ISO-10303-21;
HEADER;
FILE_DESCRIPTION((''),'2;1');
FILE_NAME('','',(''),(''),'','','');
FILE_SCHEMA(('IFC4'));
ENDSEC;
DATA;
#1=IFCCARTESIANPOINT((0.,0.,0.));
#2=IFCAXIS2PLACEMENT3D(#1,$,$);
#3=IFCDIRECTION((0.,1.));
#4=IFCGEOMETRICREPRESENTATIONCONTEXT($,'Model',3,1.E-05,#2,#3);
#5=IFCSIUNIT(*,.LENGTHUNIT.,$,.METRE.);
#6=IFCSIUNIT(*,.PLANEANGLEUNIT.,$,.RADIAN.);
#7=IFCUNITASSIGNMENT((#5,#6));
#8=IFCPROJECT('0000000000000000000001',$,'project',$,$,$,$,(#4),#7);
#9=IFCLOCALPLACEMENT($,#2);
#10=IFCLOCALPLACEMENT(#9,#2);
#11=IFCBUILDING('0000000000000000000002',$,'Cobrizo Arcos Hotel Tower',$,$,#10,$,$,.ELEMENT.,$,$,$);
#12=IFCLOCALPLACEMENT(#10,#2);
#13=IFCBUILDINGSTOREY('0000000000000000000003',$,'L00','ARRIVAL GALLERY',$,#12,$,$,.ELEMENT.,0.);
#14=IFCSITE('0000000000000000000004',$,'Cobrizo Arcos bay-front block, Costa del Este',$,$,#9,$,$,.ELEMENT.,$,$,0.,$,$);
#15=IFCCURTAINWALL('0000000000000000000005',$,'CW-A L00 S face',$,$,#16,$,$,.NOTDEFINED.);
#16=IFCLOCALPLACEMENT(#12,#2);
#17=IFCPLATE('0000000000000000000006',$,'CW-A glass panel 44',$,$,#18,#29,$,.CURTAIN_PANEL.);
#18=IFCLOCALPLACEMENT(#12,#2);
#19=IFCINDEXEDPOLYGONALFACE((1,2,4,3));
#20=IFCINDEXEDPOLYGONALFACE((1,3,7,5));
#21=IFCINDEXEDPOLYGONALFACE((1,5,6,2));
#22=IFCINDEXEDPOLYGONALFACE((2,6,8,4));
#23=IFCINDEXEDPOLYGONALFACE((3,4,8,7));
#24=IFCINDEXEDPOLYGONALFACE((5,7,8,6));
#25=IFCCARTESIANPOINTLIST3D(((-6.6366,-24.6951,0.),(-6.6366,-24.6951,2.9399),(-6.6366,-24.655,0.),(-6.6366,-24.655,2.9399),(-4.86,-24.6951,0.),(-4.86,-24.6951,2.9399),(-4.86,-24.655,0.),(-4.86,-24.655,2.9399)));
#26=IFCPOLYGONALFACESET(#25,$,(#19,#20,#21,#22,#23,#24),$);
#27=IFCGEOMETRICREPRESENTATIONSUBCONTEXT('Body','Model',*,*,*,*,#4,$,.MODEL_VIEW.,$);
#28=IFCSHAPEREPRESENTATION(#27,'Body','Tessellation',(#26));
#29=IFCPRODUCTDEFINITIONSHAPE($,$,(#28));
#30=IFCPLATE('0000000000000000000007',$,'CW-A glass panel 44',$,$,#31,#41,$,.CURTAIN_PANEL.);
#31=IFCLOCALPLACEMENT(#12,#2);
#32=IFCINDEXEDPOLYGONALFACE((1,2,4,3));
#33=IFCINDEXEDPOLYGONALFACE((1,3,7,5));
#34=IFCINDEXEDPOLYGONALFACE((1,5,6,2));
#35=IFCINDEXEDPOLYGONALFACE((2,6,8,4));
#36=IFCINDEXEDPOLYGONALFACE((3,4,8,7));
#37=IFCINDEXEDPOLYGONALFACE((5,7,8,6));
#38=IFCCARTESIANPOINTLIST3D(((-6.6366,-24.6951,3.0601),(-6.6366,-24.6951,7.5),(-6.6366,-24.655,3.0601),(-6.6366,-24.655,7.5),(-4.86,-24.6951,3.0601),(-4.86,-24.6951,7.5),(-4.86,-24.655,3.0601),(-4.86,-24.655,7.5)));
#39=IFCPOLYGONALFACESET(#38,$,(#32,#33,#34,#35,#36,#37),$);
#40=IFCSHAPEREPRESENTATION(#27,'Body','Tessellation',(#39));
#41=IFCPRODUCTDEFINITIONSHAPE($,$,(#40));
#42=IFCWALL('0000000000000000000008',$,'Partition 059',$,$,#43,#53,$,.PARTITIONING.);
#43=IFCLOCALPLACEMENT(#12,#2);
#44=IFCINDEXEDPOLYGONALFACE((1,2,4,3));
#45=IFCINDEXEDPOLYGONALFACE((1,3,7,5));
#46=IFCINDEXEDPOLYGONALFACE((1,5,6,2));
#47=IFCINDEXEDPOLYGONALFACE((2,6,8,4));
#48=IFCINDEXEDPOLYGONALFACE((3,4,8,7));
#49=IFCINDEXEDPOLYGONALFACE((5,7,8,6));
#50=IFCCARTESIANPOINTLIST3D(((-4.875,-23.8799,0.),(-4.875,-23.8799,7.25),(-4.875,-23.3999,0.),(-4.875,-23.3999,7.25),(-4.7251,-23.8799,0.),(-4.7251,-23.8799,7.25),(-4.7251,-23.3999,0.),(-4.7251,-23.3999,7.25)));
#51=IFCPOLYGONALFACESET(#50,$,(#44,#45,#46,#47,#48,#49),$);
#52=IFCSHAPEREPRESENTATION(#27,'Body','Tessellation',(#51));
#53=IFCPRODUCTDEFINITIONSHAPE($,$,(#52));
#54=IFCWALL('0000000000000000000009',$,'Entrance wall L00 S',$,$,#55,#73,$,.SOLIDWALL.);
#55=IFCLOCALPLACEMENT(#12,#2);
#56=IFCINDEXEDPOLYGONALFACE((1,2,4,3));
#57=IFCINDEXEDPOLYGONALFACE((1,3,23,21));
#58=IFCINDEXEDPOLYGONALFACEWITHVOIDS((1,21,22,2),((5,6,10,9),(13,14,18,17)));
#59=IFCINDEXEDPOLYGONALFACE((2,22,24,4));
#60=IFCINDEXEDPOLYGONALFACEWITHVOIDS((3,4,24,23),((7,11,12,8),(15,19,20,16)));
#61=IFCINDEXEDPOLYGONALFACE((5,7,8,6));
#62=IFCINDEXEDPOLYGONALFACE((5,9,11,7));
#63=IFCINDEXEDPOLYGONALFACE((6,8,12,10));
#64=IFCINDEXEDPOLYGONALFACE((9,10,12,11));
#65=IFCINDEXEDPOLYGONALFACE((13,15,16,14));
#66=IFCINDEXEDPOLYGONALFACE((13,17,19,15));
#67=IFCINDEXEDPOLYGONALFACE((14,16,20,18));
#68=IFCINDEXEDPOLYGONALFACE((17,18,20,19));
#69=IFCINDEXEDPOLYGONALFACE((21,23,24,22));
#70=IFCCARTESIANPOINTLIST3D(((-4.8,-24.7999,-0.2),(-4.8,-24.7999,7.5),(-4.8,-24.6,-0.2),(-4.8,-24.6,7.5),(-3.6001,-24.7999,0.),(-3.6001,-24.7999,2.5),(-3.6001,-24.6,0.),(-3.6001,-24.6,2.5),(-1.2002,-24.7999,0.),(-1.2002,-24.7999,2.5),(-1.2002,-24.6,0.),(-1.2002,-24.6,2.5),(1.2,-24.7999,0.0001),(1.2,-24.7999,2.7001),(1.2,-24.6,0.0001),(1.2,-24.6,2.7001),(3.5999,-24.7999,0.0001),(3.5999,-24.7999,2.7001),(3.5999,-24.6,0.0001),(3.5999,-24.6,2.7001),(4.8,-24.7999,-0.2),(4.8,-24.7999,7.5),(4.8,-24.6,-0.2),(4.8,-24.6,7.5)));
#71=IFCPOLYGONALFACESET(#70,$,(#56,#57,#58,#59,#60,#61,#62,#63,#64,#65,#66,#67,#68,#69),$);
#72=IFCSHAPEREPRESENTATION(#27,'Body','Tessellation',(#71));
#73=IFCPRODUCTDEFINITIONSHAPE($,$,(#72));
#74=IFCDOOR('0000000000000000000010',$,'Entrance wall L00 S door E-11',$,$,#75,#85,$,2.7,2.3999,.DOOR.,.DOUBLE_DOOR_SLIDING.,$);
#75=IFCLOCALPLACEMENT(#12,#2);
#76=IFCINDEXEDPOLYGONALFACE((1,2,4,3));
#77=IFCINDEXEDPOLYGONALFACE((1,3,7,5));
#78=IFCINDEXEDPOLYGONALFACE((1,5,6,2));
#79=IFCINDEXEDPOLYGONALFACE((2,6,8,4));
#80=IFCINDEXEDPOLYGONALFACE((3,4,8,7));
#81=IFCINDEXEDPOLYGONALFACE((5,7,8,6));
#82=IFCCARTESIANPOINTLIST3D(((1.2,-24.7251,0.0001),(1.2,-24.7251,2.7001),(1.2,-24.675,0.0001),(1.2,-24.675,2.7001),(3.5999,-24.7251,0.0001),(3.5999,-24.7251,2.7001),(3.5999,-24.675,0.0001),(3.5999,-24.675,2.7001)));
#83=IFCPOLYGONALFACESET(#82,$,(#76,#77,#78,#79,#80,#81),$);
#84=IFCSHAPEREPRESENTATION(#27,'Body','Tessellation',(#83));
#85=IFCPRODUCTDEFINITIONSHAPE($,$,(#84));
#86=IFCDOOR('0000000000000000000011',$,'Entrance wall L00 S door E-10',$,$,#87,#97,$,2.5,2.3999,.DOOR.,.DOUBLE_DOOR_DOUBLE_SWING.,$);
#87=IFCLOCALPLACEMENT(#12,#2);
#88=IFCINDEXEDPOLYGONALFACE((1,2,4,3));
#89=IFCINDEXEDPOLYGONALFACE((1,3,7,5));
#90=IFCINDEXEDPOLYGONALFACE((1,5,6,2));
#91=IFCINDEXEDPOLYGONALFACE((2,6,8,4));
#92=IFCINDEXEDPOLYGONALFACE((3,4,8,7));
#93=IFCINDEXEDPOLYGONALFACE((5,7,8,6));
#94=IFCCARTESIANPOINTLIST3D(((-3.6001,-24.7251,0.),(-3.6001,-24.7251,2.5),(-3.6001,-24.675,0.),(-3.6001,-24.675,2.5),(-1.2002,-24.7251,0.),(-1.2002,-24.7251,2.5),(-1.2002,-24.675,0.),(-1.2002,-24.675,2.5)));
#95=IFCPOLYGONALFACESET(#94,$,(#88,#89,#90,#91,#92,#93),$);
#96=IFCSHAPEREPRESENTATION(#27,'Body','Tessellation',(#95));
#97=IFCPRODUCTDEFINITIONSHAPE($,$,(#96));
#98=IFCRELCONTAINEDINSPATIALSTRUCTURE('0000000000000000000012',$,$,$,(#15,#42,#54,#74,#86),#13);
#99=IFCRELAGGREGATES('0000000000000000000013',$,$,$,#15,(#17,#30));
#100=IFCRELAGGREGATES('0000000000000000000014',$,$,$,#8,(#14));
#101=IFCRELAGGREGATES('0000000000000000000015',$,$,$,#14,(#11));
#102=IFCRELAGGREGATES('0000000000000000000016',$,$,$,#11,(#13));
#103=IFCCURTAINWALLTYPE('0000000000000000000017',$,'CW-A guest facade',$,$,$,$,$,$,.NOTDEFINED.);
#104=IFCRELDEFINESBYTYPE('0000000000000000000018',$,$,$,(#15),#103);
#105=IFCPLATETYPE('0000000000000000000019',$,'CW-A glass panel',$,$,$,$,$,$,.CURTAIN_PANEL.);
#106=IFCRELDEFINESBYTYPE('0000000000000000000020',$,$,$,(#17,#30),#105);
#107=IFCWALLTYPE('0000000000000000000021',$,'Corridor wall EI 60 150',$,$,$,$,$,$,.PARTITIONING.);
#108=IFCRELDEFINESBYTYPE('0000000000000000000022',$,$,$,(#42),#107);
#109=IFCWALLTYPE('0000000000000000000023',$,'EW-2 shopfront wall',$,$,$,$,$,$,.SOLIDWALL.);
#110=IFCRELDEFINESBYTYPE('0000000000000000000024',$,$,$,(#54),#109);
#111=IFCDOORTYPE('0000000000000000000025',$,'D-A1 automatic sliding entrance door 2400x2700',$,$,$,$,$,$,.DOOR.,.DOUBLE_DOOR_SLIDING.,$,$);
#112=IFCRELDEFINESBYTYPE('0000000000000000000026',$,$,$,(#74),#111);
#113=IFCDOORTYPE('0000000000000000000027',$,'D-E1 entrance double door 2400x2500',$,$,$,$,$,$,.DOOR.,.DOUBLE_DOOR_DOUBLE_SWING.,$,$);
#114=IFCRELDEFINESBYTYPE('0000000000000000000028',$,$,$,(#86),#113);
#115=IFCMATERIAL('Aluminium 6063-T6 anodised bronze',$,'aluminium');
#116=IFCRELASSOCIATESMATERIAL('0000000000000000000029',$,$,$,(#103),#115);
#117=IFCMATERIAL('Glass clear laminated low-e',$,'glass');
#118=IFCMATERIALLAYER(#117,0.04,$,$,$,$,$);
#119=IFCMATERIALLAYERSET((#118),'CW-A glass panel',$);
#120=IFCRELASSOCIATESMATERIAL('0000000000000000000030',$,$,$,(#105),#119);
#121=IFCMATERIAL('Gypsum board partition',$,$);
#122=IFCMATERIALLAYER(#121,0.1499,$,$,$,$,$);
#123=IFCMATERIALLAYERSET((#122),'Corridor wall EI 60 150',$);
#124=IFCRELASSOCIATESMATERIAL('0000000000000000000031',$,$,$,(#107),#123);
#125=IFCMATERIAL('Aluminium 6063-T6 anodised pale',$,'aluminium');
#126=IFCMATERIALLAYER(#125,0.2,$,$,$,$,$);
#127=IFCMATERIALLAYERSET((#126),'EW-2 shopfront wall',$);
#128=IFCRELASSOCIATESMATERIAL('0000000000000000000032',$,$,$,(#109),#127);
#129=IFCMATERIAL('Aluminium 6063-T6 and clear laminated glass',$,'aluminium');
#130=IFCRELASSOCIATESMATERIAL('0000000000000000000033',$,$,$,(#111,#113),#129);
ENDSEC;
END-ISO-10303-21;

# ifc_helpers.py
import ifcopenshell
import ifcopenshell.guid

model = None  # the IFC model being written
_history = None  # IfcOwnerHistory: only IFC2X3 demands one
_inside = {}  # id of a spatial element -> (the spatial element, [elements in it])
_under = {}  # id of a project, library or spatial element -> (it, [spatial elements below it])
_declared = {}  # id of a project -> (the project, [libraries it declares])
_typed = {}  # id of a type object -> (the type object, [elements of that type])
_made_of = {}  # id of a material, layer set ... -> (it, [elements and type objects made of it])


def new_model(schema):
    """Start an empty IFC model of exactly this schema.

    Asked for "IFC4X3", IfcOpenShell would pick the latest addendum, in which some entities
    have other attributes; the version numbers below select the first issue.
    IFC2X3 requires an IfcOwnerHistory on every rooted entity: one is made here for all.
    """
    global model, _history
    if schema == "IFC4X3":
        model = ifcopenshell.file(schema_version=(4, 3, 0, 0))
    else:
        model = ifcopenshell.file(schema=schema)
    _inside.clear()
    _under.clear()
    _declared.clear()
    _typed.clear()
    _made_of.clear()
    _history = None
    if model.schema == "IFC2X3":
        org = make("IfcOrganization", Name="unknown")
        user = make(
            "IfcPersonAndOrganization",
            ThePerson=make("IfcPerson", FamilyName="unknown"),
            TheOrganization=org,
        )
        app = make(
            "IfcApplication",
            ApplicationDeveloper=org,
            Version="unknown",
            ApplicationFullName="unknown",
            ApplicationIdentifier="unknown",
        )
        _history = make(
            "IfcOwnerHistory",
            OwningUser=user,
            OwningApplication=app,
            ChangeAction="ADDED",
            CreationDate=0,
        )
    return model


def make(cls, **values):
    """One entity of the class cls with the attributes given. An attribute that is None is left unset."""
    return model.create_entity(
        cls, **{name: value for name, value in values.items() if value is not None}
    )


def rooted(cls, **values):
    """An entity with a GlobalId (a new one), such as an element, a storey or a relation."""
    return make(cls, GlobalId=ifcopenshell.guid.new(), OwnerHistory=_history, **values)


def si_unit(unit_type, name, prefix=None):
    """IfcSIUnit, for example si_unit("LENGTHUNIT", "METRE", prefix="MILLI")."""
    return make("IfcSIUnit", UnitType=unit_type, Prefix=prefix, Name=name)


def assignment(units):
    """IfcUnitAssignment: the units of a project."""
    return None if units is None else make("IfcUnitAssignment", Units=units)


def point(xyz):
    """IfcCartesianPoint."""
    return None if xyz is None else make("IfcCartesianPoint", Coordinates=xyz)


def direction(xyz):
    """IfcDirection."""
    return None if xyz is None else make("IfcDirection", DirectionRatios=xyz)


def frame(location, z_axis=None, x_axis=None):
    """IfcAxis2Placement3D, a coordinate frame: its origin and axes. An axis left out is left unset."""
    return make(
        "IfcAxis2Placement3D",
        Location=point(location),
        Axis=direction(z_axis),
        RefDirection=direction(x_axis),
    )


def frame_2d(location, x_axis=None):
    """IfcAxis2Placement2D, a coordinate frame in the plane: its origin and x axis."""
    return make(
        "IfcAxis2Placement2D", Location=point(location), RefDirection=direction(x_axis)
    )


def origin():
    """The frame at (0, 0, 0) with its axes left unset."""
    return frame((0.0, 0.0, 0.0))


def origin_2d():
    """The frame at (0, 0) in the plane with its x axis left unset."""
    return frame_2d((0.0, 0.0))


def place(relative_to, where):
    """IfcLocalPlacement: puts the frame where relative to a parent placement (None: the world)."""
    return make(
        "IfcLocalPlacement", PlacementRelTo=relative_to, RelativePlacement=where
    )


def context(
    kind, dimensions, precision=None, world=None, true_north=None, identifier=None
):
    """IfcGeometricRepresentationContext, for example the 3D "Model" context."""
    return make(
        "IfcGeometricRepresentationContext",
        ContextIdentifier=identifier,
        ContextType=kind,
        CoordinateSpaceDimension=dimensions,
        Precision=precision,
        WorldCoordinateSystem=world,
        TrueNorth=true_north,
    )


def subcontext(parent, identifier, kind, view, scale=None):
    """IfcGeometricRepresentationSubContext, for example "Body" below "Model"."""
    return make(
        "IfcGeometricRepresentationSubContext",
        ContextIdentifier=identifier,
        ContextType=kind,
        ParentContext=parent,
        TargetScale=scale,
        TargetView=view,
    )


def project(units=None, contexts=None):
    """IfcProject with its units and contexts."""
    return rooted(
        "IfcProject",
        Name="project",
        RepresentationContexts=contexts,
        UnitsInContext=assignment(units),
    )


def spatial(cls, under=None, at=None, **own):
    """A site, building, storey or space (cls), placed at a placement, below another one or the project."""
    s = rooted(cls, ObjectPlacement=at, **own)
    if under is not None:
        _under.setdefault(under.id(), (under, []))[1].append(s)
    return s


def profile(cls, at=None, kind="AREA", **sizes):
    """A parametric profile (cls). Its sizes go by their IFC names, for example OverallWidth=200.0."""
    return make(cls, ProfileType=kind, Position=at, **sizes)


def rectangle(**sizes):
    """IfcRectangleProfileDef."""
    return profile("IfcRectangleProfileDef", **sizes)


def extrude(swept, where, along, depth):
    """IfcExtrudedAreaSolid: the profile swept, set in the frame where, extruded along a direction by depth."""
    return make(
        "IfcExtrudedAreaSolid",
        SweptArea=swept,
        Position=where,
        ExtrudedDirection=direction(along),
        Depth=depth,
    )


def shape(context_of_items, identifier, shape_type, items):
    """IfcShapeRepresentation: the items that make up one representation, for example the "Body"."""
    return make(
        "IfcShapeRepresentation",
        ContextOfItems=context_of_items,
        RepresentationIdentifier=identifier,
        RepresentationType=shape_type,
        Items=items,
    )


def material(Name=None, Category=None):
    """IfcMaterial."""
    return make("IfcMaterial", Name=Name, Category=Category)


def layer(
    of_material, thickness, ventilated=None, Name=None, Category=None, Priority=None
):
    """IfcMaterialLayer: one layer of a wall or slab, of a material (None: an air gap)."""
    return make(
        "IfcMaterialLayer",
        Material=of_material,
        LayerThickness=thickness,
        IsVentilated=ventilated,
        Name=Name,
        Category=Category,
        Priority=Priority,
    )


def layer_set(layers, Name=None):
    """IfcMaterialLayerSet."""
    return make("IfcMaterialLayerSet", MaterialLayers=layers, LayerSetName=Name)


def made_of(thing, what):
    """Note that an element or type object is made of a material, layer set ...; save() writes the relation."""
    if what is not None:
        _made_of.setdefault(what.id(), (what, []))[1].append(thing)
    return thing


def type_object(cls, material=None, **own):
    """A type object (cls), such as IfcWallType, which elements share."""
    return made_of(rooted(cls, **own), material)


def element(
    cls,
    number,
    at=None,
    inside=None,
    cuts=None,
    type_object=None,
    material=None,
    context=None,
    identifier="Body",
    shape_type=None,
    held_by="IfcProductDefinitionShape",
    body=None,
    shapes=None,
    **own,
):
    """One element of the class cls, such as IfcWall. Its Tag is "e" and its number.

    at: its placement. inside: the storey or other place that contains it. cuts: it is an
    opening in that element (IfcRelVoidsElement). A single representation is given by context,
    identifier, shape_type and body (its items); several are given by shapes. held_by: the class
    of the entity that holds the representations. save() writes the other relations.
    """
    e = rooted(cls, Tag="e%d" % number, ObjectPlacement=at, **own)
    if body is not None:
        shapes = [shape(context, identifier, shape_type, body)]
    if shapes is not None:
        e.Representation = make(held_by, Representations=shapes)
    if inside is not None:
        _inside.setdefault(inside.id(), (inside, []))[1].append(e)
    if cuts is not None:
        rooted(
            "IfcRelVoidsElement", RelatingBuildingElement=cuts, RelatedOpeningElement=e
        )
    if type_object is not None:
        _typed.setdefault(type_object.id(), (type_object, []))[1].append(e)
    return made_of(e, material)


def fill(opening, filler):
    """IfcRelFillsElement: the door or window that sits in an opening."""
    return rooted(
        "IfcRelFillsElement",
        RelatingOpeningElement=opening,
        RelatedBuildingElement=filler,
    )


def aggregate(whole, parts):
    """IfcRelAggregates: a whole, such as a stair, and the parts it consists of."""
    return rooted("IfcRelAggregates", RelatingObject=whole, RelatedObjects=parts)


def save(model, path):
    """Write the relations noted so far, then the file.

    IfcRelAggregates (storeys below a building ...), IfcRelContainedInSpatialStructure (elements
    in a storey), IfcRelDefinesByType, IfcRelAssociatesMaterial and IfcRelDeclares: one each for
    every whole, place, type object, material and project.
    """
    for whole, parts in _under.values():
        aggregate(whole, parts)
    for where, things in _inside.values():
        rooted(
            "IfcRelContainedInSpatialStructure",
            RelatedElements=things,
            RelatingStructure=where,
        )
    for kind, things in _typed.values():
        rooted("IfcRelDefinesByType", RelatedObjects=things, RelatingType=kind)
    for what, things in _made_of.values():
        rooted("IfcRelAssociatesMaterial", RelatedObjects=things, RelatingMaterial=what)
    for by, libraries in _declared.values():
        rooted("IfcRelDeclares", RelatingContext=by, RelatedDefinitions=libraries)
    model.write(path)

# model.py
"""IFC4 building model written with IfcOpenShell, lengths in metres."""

from ifc_helpers import new_model, si_unit, direction, frame, frame_2d, origin, origin_2d, place, context, subcontext, project, spatial, rectangle, extrude, material, layer, layer_set, type_object, element, fill, aggregate, save


model = new_model("IFC4")

# Units and contexts
model_context = context("Model", 3, precision=1e-05, world=origin(), true_north=direction((0.0, 1.0)))
body_context = subcontext(model_context, "Body", "Model", "MODEL_VIEW")
ifc_project = project(units=[si_unit("LENGTHUNIT", "METRE"), si_unit("PLANEANGLEUNIT", "RADIAN")], contexts=[model_context])

# Site, building, storey
site_placement = place(None, origin())
site = spatial("IfcSite", under=ifc_project, at=site_placement, Name="Cobrizo Arcos bay-front block, Costa del Este", CompositionType="ELEMENT", RefElevation=0.0)
building_placement = place(site_placement, origin())
building = spatial("IfcBuilding", under=site, at=building_placement, Name="Cobrizo Arcos Hotel Tower", CompositionType="ELEMENT")
storey_placement = place(building_placement, origin())
storey = spatial("IfcBuildingStorey", under=building, at=storey_placement, Name="L00", Description="ARRIVAL GALLERY", CompositionType="ELEMENT", Elevation=0.0)

# Curtain wall
ifc_material_1 = material(Name="Aluminium 6063-T6 anodised bronze", Category="aluminium")
curtain_wall_type = type_object("IfcCurtainWallType", Name="CW-A guest facade", PredefinedType="NOTDEFINED", material=ifc_material_1)
curtain_wall_placement = place(storey_placement, origin())
curtain_wall = element("IfcCurtainWall", 1, at=curtain_wall_placement, inside=storey, type_object=curtain_wall_type, Name="CW-A L00 S face", PredefinedType="NOTDEFINED")

# Plates
ifc_material_2 = material(Name="Glass clear laminated low-e", Category="glass")
ifc_layer_1 = layer(ifc_material_2, 0.04)
ifc_layer_set_1 = layer_set([ifc_layer_1], Name="CW-A glass panel")
plate_type = type_object("IfcPlateType", Name="CW-A glass panel", PredefinedType="CURTAIN_PANEL", material=ifc_layer_set_1)
plate_1_placement = place(storey_placement, frame((-5.7483, -24.675, 0.0), z_axis=(0.0, 0.0, 1.0), x_axis=(1.0, 0.0, 0.0)))
plate_1 = element("IfcPlate", 2, at=plate_1_placement, type_object=plate_type, Name="CW-A glass panel 44", PredefinedType="CURTAIN_PANEL", context=body_context, shape_type="SweptSolid", body=[
    extrude(rectangle(XDim=1.7766, YDim=0.04, at=origin_2d()), origin(), (0.0, 0.0, 1.0), 2.9399),
])
plate_2_placement = place(storey_placement, frame((-5.7483, -24.675, 3.0601), z_axis=(0.0, 0.0, 1.0), x_axis=(1.0, 0.0, 0.0)))
plate_2 = element("IfcPlate", 3, at=plate_2_placement, type_object=plate_type, Name="CW-A glass panel 44", PredefinedType="CURTAIN_PANEL", context=body_context, shape_type="SweptSolid", body=[
    extrude(rectangle(XDim=1.7766, YDim=0.04, at=origin_2d()), origin(), (0.0, 0.0, 1.0), 4.4399),
])
aggregate(curtain_wall, [plate_1, plate_2])

# Wall
ifc_material_3 = material(Name="Gypsum board partition")
ifc_layer_2 = layer(ifc_material_3, 0.1499)
ifc_layer_set_2 = layer_set([ifc_layer_2], Name="Corridor wall EI 60 150")
wall_type_1 = type_object("IfcWallType", Name="Corridor wall EI 60 150", PredefinedType="PARTITIONING", material=ifc_layer_set_2)
wall_1_placement = place(storey_placement, frame((-4.8, -23.8799, 0.0), z_axis=(0.0, 0.0, 1.0), x_axis=(0.0, 1.0, 0.0)))
element("IfcWall", 4, at=wall_1_placement, inside=storey, type_object=wall_type_1, Name="Partition 059", PredefinedType="PARTITIONING", context=body_context, shape_type="SweptSolid", body=[
    extrude(rectangle(XDim=0.48, YDim=0.1499, at=frame_2d((0.24, 0.0))), origin(), (0.0, 0.0, 1.0), 7.25),
])

# Wall, openings, doors
ifc_material_4 = material(Name="Aluminium 6063-T6 anodised pale", Category="aluminium")
ifc_layer_3 = layer(ifc_material_4, 0.2)
ifc_layer_set_3 = layer_set([ifc_layer_3], Name="EW-2 shopfront wall")
wall_type_2 = type_object("IfcWallType", Name="EW-2 shopfront wall", PredefinedType="SOLIDWALL", material=ifc_layer_set_3)
wall_2_placement = place(storey_placement, frame((-4.8, -24.7, -0.2), z_axis=(0.0, 0.0, 1.0), x_axis=(1.0, 0.0, 0.0)))
wall_2 = element("IfcWall", 5, at=wall_2_placement, inside=storey, type_object=wall_type_2, Name="Entrance wall L00 S", PredefinedType="SOLIDWALL", context=body_context, shape_type="SweptSolid", body=[
    extrude(rectangle(XDim=9.6001, YDim=0.2, at=frame_2d((4.8, 0.0))), origin(), (0.0, 0.0, 1.0), 7.7),
])
opening_1_placement = place(wall_2_placement, frame((1.2, 0.0, 0.2)))
opening_1 = element("IfcOpeningElement", 6, at=opening_1_placement, cuts=wall_2, PredefinedType="OPENING", context=body_context, shape_type="SweptSolid", body=[
    extrude(rectangle(XDim=2.3999, YDim=2.5, at=frame_2d((1.2, 1.25))), frame((0.0, 0.1121, 0.0), z_axis=(0.0, -1.0, 0.0), x_axis=(1.0, 0.0, 0.0)), (0.0, 0.0, 1.0), 0.2239),
])
opening_2_placement = place(wall_2_placement, frame((6.0, 0.0, 0.2)))
opening_2 = element("IfcOpeningElement", 7, at=opening_2_placement, cuts=wall_2, PredefinedType="OPENING", context=body_context, shape_type="SweptSolid", body=[
    extrude(rectangle(XDim=2.3999, YDim=2.7, at=frame_2d((1.2, 1.3501))), frame((0.0, 0.1121, 0.0), z_axis=(0.0, -1.0, 0.0), x_axis=(1.0, 0.0, 0.0)), (0.0, 0.0, 1.0), 0.2239),
])
ifc_material_5 = material(Name="Aluminium 6063-T6 and clear laminated glass", Category="aluminium")
door_type_1 = type_object("IfcDoorType", Name="D-A1 automatic sliding entrance door 2400x2700", OperationType="DOUBLE_DOOR_SLIDING", PredefinedType="DOOR", material=ifc_material_5)
door_1_placement = place(opening_2_placement, origin())
door_1 = element("IfcDoor", 8, at=door_1_placement, inside=storey, type_object=door_type_1, Name="Entrance wall L00 S door E-11", OperationType="DOUBLE_DOOR_SLIDING", OverallHeight=2.7, OverallWidth=2.3999, PredefinedType="DOOR", context=body_context, shape_type="SweptSolid", body=[
    extrude(rectangle(XDim=2.3999, YDim=2.7, at=frame_2d((1.2, 1.3501))), frame((0.0, 0.0249, 0.0), z_axis=(0.0, -1.0, 0.0), x_axis=(1.0, 0.0, 0.0)), (0.0, 0.0, 1.0), 0.05),
])
fill(opening_2, door_1)
door_type_2 = type_object("IfcDoorType", Name="D-E1 entrance double door 2400x2500", OperationType="DOUBLE_DOOR_DOUBLE_SWING", PredefinedType="DOOR", material=ifc_material_5)
door_2_placement = place(opening_1_placement, origin())
door_2 = element("IfcDoor", 9, at=door_2_placement, inside=storey, type_object=door_type_2, Name="Entrance wall L00 S door E-10", OperationType="DOUBLE_DOOR_DOUBLE_SWING", OverallHeight=2.5, OverallWidth=2.3999, PredefinedType="DOOR", context=body_context, shape_type="SweptSolid", body=[
    extrude(rectangle(XDim=2.3999, YDim=2.5, at=frame_2d((1.2, 1.25))), frame((0.0, 0.0249, 0.0), z_axis=(0.0, -1.0, 0.0), x_axis=(1.0, 0.0, 0.0)), (0.0, 0.0, 1.0), 0.05),
])
fill(opening_1, door_2)

save(model, "model.ifc")
